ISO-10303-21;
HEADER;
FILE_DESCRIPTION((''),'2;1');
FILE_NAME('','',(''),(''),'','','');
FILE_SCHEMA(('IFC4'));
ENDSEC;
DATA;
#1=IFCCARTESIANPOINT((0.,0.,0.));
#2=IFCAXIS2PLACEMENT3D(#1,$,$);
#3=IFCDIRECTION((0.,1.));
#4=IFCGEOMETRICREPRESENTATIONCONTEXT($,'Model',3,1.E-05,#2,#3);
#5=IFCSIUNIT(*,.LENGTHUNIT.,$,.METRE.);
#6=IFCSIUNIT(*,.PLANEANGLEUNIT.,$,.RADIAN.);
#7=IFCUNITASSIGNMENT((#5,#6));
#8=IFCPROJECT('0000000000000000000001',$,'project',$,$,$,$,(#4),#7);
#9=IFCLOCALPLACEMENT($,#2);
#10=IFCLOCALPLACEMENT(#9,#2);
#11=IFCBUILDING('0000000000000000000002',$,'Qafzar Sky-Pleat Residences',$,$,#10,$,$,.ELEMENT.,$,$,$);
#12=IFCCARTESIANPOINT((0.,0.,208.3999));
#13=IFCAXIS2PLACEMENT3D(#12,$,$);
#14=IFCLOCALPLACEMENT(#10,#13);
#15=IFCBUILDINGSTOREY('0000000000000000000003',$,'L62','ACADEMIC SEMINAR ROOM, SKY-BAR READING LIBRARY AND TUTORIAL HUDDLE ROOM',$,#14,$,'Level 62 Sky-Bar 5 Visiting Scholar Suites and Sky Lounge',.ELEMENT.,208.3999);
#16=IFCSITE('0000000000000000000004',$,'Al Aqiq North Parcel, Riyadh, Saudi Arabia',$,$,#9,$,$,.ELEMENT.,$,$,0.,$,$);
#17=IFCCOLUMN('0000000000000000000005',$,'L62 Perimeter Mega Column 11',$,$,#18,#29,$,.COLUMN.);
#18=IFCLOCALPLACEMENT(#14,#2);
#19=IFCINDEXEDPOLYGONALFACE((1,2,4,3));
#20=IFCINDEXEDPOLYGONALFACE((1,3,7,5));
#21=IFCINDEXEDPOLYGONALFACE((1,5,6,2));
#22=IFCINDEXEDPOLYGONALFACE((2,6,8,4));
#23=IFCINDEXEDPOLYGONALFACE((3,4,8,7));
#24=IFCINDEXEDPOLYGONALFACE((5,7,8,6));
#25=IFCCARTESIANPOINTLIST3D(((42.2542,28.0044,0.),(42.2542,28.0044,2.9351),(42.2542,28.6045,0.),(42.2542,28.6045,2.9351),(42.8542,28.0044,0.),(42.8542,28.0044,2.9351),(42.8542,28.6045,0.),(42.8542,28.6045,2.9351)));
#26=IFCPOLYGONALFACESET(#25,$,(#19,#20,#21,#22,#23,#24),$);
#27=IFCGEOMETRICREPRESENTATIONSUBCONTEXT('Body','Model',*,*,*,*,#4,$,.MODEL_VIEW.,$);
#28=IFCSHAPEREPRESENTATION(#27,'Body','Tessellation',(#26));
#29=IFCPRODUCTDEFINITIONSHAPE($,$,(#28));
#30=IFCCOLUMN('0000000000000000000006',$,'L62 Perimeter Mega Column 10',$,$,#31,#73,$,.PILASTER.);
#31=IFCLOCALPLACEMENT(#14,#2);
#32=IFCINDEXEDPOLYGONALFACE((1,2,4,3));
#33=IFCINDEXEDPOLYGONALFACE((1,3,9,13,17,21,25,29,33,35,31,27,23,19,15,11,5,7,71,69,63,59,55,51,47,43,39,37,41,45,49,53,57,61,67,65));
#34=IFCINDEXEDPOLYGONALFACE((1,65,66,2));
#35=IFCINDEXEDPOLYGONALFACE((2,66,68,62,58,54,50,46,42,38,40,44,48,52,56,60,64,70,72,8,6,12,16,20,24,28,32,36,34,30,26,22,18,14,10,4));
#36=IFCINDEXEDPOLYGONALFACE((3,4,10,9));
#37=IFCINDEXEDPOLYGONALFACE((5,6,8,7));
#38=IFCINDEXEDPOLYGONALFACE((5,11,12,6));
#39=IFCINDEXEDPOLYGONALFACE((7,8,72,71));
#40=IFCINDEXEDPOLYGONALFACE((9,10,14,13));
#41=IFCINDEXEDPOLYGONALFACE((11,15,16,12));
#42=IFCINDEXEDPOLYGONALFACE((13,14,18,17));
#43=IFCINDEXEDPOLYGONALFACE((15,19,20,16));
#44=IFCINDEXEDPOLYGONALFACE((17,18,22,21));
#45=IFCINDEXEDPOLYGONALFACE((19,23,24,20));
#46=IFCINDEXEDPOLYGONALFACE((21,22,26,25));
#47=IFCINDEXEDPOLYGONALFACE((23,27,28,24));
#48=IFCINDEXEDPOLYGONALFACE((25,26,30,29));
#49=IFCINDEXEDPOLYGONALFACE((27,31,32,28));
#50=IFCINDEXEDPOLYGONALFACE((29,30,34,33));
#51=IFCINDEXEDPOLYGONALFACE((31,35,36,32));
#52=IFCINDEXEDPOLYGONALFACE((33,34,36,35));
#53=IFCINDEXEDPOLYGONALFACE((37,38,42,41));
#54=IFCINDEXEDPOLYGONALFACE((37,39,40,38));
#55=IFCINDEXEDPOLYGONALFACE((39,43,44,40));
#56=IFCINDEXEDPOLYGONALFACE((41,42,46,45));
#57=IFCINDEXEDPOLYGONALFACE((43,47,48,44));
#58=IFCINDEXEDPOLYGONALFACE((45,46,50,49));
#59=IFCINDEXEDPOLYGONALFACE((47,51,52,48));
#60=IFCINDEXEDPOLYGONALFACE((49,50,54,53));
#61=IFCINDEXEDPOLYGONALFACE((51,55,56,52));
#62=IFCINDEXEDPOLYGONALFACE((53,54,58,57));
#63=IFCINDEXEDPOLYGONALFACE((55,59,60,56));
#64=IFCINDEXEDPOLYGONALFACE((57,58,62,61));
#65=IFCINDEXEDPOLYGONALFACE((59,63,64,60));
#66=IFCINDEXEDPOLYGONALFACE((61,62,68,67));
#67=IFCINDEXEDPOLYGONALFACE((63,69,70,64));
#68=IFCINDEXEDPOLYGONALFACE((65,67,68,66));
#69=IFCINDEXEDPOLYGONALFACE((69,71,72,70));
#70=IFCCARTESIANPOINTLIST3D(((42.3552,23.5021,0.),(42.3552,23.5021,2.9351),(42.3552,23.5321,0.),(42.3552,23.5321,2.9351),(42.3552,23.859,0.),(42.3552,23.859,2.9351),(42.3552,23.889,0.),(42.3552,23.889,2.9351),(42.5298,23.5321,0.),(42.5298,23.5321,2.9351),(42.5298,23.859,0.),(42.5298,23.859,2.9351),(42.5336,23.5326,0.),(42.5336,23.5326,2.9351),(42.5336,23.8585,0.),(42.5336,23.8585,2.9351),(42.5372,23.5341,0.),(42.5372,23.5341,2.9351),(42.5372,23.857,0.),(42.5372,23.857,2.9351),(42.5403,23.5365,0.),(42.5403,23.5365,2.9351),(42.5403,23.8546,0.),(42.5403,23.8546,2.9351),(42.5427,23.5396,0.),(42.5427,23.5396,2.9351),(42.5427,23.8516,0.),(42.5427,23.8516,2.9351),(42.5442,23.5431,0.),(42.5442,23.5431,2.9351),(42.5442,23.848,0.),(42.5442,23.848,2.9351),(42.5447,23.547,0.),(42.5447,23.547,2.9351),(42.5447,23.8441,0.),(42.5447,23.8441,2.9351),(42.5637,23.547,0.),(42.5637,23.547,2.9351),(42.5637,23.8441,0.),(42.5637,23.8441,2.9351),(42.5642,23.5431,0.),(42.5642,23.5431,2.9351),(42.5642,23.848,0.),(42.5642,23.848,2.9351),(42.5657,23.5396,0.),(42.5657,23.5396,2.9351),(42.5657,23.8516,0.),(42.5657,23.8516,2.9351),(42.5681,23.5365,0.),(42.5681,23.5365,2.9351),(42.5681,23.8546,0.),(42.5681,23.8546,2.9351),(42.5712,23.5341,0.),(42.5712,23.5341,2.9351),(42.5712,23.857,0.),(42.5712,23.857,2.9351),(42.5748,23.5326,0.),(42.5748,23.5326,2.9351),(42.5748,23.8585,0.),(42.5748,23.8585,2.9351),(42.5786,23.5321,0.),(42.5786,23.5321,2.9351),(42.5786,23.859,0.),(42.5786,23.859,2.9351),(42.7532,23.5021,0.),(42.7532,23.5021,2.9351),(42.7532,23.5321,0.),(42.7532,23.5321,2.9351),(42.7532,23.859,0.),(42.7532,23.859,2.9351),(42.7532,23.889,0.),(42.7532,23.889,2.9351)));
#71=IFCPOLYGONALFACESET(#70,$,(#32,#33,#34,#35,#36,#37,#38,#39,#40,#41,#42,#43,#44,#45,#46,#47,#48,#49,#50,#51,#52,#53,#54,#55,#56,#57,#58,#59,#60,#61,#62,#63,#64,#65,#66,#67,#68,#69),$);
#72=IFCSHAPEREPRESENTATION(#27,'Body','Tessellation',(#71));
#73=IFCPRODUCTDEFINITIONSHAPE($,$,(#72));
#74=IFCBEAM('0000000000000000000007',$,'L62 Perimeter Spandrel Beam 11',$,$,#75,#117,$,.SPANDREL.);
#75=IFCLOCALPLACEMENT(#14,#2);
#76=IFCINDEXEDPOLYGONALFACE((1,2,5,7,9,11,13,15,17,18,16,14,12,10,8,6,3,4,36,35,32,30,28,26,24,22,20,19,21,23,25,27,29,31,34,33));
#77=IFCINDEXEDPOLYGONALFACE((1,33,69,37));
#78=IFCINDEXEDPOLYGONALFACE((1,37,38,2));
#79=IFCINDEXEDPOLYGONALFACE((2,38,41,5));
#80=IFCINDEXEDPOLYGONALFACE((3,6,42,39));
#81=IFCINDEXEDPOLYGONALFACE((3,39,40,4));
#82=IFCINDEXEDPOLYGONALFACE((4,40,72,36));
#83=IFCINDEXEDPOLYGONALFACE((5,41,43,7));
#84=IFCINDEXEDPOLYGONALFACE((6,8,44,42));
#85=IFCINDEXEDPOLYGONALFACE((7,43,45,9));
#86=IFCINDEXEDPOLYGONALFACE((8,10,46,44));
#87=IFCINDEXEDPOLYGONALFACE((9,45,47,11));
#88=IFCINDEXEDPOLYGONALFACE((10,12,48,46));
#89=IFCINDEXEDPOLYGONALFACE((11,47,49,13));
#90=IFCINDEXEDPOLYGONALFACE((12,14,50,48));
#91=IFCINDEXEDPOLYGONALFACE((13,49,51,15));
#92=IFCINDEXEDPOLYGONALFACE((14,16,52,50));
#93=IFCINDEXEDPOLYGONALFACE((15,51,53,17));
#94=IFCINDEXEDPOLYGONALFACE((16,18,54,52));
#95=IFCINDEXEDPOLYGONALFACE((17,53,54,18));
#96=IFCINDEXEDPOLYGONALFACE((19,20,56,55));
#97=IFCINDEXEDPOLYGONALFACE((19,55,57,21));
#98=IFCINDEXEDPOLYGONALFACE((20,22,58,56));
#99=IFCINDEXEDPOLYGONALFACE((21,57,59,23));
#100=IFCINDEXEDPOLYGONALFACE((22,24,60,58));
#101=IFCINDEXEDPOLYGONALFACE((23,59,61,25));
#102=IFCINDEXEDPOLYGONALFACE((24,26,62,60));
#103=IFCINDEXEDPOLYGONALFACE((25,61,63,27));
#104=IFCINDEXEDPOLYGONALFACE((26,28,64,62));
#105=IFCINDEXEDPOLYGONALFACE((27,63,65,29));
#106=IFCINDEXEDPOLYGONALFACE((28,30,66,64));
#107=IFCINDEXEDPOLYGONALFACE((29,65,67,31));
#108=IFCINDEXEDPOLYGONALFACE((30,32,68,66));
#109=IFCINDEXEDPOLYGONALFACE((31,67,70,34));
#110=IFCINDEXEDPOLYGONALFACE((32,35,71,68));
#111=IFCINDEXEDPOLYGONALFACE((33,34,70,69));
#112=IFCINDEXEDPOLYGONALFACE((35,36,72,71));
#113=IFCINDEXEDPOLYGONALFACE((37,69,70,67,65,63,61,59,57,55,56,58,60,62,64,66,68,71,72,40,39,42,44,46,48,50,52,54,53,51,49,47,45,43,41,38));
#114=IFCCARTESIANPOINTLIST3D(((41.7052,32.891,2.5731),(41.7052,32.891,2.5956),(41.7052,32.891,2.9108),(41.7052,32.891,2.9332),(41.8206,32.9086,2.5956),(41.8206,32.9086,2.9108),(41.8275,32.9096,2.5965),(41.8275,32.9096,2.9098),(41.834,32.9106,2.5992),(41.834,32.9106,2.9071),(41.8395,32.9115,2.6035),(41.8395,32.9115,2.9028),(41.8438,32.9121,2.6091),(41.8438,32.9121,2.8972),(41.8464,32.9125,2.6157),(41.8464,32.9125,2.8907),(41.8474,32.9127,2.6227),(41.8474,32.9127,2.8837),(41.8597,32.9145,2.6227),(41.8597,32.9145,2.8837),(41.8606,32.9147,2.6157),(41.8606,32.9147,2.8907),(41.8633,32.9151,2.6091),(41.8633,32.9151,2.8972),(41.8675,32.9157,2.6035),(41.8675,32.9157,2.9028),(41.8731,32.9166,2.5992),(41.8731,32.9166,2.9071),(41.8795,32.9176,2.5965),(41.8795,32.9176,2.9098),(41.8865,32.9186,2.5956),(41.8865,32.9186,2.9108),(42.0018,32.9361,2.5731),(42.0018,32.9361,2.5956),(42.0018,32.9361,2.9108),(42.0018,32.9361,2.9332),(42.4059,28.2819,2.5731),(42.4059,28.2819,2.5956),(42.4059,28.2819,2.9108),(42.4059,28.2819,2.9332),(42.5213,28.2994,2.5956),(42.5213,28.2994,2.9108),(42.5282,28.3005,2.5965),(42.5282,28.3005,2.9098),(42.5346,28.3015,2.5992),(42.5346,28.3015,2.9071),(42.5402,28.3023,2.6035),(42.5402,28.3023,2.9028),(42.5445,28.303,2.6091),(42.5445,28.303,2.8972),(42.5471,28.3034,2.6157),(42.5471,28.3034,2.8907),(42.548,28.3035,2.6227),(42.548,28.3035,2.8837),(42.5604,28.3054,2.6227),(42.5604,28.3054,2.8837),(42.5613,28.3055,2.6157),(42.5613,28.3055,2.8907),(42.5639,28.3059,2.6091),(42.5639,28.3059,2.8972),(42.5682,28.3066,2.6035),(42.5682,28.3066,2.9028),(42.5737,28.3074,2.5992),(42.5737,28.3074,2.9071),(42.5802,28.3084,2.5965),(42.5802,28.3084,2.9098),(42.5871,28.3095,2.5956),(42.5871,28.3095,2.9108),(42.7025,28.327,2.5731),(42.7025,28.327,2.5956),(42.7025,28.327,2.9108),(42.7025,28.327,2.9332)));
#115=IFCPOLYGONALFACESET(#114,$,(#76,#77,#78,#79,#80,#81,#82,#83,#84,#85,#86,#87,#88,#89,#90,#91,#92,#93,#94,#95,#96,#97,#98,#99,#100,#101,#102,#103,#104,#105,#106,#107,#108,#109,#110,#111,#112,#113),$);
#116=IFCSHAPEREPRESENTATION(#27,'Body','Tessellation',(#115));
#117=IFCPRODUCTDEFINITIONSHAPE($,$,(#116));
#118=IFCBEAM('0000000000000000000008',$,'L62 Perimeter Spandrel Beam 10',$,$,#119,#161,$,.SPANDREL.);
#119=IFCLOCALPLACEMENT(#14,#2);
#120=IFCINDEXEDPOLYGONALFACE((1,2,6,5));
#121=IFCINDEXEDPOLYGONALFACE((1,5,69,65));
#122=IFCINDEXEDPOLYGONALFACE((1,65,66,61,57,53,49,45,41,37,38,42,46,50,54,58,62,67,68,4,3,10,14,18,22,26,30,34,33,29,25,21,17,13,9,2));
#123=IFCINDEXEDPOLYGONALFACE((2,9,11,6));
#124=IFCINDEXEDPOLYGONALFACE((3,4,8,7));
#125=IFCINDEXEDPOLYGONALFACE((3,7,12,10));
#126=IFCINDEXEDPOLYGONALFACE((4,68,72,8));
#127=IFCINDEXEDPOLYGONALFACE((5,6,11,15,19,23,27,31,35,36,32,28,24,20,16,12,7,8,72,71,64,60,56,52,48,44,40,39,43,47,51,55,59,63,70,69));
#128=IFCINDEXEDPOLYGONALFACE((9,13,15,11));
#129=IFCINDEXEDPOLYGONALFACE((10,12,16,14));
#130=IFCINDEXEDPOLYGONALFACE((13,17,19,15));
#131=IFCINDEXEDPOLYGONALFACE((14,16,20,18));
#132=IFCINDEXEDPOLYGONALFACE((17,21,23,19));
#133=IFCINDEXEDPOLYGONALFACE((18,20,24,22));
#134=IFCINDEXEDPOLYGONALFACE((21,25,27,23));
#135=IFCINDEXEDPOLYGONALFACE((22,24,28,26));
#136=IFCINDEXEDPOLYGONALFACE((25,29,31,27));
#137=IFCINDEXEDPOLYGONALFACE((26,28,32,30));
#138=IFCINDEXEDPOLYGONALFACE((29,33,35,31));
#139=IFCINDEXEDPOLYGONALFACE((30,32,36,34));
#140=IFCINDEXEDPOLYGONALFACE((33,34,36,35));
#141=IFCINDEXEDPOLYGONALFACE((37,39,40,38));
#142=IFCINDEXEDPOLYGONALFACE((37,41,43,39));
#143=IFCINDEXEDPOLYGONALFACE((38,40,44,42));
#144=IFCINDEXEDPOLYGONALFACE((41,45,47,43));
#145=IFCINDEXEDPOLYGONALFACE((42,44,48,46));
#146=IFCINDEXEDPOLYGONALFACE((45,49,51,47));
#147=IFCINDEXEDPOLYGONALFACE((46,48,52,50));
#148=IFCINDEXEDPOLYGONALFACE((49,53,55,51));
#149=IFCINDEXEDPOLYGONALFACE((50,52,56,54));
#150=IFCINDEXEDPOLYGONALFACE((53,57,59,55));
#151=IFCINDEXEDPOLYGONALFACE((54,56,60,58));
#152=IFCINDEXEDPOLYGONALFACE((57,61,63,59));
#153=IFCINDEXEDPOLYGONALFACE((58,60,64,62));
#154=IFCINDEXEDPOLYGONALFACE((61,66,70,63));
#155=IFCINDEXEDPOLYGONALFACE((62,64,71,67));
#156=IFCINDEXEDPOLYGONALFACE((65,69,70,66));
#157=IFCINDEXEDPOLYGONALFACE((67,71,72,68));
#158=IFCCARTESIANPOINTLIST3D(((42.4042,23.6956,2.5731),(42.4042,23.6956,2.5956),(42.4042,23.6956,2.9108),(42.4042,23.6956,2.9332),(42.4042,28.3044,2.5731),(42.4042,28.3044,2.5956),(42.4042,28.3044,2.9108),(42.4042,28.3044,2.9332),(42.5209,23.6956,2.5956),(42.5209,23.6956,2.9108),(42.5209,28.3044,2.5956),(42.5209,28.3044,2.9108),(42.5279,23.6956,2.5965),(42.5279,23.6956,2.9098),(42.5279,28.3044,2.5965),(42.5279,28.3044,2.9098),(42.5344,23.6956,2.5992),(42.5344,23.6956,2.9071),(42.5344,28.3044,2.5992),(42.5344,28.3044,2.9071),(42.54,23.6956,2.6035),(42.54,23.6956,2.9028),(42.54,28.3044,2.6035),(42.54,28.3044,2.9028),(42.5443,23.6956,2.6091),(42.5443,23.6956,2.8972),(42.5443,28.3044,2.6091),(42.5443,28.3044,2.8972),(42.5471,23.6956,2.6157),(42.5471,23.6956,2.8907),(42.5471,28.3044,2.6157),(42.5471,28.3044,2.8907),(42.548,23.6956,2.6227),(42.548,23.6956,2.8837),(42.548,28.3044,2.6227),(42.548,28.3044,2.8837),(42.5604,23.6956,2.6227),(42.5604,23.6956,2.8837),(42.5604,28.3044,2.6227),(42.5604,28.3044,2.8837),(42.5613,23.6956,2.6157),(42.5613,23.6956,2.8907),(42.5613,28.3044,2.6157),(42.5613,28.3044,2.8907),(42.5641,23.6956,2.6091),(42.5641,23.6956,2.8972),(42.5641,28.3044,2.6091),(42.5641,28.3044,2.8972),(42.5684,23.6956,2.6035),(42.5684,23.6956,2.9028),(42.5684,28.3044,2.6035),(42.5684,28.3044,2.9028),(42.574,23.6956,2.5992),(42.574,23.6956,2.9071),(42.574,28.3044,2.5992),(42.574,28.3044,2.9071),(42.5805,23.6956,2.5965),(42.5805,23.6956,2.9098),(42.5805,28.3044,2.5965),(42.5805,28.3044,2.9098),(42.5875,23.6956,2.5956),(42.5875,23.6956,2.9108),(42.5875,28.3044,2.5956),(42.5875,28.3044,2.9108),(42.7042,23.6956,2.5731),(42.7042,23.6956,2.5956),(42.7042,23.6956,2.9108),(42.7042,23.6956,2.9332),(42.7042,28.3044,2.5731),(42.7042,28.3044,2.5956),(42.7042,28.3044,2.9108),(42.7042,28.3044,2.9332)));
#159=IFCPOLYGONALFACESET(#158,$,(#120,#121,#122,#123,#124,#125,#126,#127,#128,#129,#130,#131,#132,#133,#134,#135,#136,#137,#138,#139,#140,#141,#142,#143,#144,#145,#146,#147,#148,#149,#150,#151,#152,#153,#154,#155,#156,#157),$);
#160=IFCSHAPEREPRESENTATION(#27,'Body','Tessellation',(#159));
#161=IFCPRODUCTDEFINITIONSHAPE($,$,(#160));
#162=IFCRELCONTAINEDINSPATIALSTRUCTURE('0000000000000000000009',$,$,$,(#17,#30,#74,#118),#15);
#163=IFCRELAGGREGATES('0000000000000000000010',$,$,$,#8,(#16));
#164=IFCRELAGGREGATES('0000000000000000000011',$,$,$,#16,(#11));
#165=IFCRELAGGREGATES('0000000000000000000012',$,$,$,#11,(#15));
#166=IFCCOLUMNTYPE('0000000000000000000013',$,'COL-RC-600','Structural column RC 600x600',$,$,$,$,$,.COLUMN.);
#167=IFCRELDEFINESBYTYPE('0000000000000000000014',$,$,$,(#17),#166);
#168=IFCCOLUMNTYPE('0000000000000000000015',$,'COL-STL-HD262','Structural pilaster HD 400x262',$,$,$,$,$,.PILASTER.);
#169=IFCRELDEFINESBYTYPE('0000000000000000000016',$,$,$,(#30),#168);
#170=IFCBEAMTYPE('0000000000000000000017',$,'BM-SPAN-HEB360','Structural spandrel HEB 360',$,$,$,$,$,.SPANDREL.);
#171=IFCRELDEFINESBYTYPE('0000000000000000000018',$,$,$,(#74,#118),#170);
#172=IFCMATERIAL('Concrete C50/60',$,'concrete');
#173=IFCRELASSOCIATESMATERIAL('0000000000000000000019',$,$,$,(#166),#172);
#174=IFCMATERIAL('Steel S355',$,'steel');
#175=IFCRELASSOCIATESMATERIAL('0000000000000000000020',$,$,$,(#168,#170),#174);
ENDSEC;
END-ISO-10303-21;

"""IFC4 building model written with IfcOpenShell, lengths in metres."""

from ifc_helpers import new_model, si_unit, direction, frame, origin, origin_2d, place, context, subcontext, project, spatial, rectangle, i_section, extrude, source, transform, mapped, material, material_profile, profile_set, type_object, element, save


model = new_model("IFC4")

# Units and contexts
model_context = context("Model", 3, precision=1e-05, world=origin(), true_north=direction((0.0, 1.0)))
body_context = subcontext(model_context, "Body", "Model", "MODEL_VIEW")
ifc_project = project(units=[si_unit("LENGTHUNIT", "METRE"), si_unit("PLANEANGLEUNIT", "RADIAN")], contexts=[model_context])

# Site, building, storey
site_placement = place(None, origin())
site = spatial("IfcSite", under=ifc_project, at=site_placement, Name="Al Aqiq North Parcel, Riyadh, Saudi Arabia", CompositionType="ELEMENT", RefElevation=0.0)
building_placement = place(site_placement, origin())
building = spatial("IfcBuilding", under=site, at=building_placement, Name="Qafzar Sky-Pleat Residences", CompositionType="ELEMENT")
storey_placement = place(building_placement, frame((0.0, 0.0, 208.3999)))
storey = spatial("IfcBuildingStorey", under=building, at=storey_placement, Name="L62", Description="ACADEMIC SEMINAR ROOM, SKY-BAR READING LIBRARY AND TUTORIAL HUDDLE ROOM", LongName="Level 62 Sky-Bar 5 Visiting Scholar Suites and Sky Lounge", CompositionType="ELEMENT", Elevation=208.3999)

# Columns
ifc_material_1 = material(Name="Concrete C50/60", Category="concrete")
ifc_material_profile_1 = material_profile(ifc_material_1, rectangle(XDim=0.6001, YDim=0.6001, at=origin_2d()), Name="RC 600x600")
ifc_profile_set_1 = profile_set([ifc_material_profile_1], Name="Concrete C50/60")
column_type_1 = type_object("IfcColumnType", Name="COL-RC-600", Description="Structural column RC 600x600", PredefinedType="COLUMN", material=ifc_profile_set_1)
shared_shape_1 = source(origin(), body_context, "Body", "SweptSolid", [
    extrude(rectangle(XDim=0.6001, YDim=0.6001, at=origin_2d()), origin(), (0.0, 0.0, 1.0), 2.9351),
])
column_1_placement = place(storey_placement, frame((42.5542, 28.3044, 0.0), z_axis=(0.0, 0.0, 1.0), x_axis=(1.0, 0.0, 0.0)))
element("IfcColumn", 1, at=column_1_placement, inside=storey, type_object=column_type_1, Name="L62 Perimeter Mega Column 11", PredefinedType="COLUMN", context=body_context, shape_type="MappedRepresentation", body=[
    mapped(shared_shape_1, transform((0.0, 0.0, 0.0), x_axis=(1.0, 0.0, 0.0), y_axis=(0.0, 1.0, 0.0), z_axis=(0.0, 0.0, 1.0), scale=1.0)),
])
ifc_material_2 = material(Name="Steel S355", Category="steel")
ifc_material_profile_2 = material_profile(ifc_material_2, i_section(OverallWidth=0.3979, OverallDepth=0.387, WebThickness=0.019, FlangeThickness=0.03, FilletRadius=0.0149, at=origin_2d()), Name="HD 400x262")
ifc_profile_set_2 = profile_set([ifc_material_profile_2], Name="Steel S355")
column_type_2 = type_object("IfcColumnType", Name="COL-STL-HD262", Description="Structural pilaster HD 400x262", PredefinedType="PILASTER", material=ifc_profile_set_2)
shared_shape_2 = source(origin(), body_context, "Body", "SweptSolid", [
    extrude(i_section(OverallWidth=0.3979, OverallDepth=0.387, WebThickness=0.019, FlangeThickness=0.03, FilletRadius=0.0149, at=origin_2d()), origin(), (0.0, 0.0, 1.0), 2.9351),
])
column_2_placement = place(storey_placement, frame((42.5542, 23.6956, 0.0), z_axis=(0.0, 0.0, 1.0), x_axis=(1.0, 0.0, 0.0)))
element("IfcColumn", 2, at=column_2_placement, inside=storey, type_object=column_type_2, Name="L62 Perimeter Mega Column 10", PredefinedType="PILASTER", context=body_context, shape_type="MappedRepresentation", body=[
    mapped(shared_shape_2, transform((0.0, 0.0, 0.0), x_axis=(1.0, 0.0, 0.0), y_axis=(0.0, 1.0, 0.0), z_axis=(0.0, 0.0, 1.0), scale=1.0)),
])

# Beams
ifc_material_profile_3 = material_profile(ifc_material_2, i_section(OverallWidth=0.3, OverallDepth=0.3601, WebThickness=0.0125, FlangeThickness=0.0225, FilletRadius=0.0271, at=origin_2d()), Name="HEB 360")
ifc_profile_set_3 = profile_set([ifc_material_profile_3], Name="Steel S355")
beam_type_1 = type_object("IfcBeamType", Name="BM-SPAN-HEB360", Description="Structural spandrel HEB 360", PredefinedType="SPANDREL", material=ifc_profile_set_3)
shared_shape_3 = source(origin(), body_context, "Body", "SweptSolid", [
    extrude(i_section(OverallWidth=0.3, OverallDepth=0.3601, WebThickness=0.0125, FlangeThickness=0.0225, FilletRadius=0.0271, at=origin_2d()), origin(), (0.0, 0.0, 1.0), 4.6621),
])
beam_1_placement = place(storey_placement, frame((42.5542, 28.3044, 2.7532), z_axis=(-0.150294, 0.988641, 0.0), x_axis=(-0.988641, -0.150294, 0.0)))
element("IfcBeam", 3, at=beam_1_placement, inside=storey, type_object=beam_type_1, Name="L62 Perimeter Spandrel Beam 11", PredefinedType="SPANDREL", context=body_context, shape_type="MappedRepresentation", body=[
    mapped(shared_shape_3, transform((0.0, 0.0, 0.0), x_axis=(1.0, 0.0, 0.0), y_axis=(0.0, 1.0, 0.0), z_axis=(0.0, 0.0, 1.0), scale=1.0)),
])
shared_shape_4 = source(origin(), body_context, "Body", "SweptSolid", [
    extrude(i_section(OverallWidth=0.3, OverallDepth=0.3601, WebThickness=0.0125, FlangeThickness=0.0225, FilletRadius=0.0271, at=origin_2d()), origin(), (0.0, 0.0, 1.0), 4.6089),
])
beam_2_placement = place(storey_placement, frame((42.5542, 23.6956, 2.7532), z_axis=(0.0, 1.0, 0.0), x_axis=(-1.0, 0.0, 0.0)))
element("IfcBeam", 4, at=beam_2_placement, inside=storey, type_object=beam_type_1, Name="L62 Perimeter Spandrel Beam 10", PredefinedType="SPANDREL", context=body_context, shape_type="MappedRepresentation", body=[
    mapped(shared_shape_4, transform((0.0, 0.0, 0.0), x_axis=(1.0, 0.0, 0.0), y_axis=(0.0, 1.0, 0.0), z_axis=(0.0, 0.0, 1.0), scale=1.0)),
])

save(model, "model.ifc")
